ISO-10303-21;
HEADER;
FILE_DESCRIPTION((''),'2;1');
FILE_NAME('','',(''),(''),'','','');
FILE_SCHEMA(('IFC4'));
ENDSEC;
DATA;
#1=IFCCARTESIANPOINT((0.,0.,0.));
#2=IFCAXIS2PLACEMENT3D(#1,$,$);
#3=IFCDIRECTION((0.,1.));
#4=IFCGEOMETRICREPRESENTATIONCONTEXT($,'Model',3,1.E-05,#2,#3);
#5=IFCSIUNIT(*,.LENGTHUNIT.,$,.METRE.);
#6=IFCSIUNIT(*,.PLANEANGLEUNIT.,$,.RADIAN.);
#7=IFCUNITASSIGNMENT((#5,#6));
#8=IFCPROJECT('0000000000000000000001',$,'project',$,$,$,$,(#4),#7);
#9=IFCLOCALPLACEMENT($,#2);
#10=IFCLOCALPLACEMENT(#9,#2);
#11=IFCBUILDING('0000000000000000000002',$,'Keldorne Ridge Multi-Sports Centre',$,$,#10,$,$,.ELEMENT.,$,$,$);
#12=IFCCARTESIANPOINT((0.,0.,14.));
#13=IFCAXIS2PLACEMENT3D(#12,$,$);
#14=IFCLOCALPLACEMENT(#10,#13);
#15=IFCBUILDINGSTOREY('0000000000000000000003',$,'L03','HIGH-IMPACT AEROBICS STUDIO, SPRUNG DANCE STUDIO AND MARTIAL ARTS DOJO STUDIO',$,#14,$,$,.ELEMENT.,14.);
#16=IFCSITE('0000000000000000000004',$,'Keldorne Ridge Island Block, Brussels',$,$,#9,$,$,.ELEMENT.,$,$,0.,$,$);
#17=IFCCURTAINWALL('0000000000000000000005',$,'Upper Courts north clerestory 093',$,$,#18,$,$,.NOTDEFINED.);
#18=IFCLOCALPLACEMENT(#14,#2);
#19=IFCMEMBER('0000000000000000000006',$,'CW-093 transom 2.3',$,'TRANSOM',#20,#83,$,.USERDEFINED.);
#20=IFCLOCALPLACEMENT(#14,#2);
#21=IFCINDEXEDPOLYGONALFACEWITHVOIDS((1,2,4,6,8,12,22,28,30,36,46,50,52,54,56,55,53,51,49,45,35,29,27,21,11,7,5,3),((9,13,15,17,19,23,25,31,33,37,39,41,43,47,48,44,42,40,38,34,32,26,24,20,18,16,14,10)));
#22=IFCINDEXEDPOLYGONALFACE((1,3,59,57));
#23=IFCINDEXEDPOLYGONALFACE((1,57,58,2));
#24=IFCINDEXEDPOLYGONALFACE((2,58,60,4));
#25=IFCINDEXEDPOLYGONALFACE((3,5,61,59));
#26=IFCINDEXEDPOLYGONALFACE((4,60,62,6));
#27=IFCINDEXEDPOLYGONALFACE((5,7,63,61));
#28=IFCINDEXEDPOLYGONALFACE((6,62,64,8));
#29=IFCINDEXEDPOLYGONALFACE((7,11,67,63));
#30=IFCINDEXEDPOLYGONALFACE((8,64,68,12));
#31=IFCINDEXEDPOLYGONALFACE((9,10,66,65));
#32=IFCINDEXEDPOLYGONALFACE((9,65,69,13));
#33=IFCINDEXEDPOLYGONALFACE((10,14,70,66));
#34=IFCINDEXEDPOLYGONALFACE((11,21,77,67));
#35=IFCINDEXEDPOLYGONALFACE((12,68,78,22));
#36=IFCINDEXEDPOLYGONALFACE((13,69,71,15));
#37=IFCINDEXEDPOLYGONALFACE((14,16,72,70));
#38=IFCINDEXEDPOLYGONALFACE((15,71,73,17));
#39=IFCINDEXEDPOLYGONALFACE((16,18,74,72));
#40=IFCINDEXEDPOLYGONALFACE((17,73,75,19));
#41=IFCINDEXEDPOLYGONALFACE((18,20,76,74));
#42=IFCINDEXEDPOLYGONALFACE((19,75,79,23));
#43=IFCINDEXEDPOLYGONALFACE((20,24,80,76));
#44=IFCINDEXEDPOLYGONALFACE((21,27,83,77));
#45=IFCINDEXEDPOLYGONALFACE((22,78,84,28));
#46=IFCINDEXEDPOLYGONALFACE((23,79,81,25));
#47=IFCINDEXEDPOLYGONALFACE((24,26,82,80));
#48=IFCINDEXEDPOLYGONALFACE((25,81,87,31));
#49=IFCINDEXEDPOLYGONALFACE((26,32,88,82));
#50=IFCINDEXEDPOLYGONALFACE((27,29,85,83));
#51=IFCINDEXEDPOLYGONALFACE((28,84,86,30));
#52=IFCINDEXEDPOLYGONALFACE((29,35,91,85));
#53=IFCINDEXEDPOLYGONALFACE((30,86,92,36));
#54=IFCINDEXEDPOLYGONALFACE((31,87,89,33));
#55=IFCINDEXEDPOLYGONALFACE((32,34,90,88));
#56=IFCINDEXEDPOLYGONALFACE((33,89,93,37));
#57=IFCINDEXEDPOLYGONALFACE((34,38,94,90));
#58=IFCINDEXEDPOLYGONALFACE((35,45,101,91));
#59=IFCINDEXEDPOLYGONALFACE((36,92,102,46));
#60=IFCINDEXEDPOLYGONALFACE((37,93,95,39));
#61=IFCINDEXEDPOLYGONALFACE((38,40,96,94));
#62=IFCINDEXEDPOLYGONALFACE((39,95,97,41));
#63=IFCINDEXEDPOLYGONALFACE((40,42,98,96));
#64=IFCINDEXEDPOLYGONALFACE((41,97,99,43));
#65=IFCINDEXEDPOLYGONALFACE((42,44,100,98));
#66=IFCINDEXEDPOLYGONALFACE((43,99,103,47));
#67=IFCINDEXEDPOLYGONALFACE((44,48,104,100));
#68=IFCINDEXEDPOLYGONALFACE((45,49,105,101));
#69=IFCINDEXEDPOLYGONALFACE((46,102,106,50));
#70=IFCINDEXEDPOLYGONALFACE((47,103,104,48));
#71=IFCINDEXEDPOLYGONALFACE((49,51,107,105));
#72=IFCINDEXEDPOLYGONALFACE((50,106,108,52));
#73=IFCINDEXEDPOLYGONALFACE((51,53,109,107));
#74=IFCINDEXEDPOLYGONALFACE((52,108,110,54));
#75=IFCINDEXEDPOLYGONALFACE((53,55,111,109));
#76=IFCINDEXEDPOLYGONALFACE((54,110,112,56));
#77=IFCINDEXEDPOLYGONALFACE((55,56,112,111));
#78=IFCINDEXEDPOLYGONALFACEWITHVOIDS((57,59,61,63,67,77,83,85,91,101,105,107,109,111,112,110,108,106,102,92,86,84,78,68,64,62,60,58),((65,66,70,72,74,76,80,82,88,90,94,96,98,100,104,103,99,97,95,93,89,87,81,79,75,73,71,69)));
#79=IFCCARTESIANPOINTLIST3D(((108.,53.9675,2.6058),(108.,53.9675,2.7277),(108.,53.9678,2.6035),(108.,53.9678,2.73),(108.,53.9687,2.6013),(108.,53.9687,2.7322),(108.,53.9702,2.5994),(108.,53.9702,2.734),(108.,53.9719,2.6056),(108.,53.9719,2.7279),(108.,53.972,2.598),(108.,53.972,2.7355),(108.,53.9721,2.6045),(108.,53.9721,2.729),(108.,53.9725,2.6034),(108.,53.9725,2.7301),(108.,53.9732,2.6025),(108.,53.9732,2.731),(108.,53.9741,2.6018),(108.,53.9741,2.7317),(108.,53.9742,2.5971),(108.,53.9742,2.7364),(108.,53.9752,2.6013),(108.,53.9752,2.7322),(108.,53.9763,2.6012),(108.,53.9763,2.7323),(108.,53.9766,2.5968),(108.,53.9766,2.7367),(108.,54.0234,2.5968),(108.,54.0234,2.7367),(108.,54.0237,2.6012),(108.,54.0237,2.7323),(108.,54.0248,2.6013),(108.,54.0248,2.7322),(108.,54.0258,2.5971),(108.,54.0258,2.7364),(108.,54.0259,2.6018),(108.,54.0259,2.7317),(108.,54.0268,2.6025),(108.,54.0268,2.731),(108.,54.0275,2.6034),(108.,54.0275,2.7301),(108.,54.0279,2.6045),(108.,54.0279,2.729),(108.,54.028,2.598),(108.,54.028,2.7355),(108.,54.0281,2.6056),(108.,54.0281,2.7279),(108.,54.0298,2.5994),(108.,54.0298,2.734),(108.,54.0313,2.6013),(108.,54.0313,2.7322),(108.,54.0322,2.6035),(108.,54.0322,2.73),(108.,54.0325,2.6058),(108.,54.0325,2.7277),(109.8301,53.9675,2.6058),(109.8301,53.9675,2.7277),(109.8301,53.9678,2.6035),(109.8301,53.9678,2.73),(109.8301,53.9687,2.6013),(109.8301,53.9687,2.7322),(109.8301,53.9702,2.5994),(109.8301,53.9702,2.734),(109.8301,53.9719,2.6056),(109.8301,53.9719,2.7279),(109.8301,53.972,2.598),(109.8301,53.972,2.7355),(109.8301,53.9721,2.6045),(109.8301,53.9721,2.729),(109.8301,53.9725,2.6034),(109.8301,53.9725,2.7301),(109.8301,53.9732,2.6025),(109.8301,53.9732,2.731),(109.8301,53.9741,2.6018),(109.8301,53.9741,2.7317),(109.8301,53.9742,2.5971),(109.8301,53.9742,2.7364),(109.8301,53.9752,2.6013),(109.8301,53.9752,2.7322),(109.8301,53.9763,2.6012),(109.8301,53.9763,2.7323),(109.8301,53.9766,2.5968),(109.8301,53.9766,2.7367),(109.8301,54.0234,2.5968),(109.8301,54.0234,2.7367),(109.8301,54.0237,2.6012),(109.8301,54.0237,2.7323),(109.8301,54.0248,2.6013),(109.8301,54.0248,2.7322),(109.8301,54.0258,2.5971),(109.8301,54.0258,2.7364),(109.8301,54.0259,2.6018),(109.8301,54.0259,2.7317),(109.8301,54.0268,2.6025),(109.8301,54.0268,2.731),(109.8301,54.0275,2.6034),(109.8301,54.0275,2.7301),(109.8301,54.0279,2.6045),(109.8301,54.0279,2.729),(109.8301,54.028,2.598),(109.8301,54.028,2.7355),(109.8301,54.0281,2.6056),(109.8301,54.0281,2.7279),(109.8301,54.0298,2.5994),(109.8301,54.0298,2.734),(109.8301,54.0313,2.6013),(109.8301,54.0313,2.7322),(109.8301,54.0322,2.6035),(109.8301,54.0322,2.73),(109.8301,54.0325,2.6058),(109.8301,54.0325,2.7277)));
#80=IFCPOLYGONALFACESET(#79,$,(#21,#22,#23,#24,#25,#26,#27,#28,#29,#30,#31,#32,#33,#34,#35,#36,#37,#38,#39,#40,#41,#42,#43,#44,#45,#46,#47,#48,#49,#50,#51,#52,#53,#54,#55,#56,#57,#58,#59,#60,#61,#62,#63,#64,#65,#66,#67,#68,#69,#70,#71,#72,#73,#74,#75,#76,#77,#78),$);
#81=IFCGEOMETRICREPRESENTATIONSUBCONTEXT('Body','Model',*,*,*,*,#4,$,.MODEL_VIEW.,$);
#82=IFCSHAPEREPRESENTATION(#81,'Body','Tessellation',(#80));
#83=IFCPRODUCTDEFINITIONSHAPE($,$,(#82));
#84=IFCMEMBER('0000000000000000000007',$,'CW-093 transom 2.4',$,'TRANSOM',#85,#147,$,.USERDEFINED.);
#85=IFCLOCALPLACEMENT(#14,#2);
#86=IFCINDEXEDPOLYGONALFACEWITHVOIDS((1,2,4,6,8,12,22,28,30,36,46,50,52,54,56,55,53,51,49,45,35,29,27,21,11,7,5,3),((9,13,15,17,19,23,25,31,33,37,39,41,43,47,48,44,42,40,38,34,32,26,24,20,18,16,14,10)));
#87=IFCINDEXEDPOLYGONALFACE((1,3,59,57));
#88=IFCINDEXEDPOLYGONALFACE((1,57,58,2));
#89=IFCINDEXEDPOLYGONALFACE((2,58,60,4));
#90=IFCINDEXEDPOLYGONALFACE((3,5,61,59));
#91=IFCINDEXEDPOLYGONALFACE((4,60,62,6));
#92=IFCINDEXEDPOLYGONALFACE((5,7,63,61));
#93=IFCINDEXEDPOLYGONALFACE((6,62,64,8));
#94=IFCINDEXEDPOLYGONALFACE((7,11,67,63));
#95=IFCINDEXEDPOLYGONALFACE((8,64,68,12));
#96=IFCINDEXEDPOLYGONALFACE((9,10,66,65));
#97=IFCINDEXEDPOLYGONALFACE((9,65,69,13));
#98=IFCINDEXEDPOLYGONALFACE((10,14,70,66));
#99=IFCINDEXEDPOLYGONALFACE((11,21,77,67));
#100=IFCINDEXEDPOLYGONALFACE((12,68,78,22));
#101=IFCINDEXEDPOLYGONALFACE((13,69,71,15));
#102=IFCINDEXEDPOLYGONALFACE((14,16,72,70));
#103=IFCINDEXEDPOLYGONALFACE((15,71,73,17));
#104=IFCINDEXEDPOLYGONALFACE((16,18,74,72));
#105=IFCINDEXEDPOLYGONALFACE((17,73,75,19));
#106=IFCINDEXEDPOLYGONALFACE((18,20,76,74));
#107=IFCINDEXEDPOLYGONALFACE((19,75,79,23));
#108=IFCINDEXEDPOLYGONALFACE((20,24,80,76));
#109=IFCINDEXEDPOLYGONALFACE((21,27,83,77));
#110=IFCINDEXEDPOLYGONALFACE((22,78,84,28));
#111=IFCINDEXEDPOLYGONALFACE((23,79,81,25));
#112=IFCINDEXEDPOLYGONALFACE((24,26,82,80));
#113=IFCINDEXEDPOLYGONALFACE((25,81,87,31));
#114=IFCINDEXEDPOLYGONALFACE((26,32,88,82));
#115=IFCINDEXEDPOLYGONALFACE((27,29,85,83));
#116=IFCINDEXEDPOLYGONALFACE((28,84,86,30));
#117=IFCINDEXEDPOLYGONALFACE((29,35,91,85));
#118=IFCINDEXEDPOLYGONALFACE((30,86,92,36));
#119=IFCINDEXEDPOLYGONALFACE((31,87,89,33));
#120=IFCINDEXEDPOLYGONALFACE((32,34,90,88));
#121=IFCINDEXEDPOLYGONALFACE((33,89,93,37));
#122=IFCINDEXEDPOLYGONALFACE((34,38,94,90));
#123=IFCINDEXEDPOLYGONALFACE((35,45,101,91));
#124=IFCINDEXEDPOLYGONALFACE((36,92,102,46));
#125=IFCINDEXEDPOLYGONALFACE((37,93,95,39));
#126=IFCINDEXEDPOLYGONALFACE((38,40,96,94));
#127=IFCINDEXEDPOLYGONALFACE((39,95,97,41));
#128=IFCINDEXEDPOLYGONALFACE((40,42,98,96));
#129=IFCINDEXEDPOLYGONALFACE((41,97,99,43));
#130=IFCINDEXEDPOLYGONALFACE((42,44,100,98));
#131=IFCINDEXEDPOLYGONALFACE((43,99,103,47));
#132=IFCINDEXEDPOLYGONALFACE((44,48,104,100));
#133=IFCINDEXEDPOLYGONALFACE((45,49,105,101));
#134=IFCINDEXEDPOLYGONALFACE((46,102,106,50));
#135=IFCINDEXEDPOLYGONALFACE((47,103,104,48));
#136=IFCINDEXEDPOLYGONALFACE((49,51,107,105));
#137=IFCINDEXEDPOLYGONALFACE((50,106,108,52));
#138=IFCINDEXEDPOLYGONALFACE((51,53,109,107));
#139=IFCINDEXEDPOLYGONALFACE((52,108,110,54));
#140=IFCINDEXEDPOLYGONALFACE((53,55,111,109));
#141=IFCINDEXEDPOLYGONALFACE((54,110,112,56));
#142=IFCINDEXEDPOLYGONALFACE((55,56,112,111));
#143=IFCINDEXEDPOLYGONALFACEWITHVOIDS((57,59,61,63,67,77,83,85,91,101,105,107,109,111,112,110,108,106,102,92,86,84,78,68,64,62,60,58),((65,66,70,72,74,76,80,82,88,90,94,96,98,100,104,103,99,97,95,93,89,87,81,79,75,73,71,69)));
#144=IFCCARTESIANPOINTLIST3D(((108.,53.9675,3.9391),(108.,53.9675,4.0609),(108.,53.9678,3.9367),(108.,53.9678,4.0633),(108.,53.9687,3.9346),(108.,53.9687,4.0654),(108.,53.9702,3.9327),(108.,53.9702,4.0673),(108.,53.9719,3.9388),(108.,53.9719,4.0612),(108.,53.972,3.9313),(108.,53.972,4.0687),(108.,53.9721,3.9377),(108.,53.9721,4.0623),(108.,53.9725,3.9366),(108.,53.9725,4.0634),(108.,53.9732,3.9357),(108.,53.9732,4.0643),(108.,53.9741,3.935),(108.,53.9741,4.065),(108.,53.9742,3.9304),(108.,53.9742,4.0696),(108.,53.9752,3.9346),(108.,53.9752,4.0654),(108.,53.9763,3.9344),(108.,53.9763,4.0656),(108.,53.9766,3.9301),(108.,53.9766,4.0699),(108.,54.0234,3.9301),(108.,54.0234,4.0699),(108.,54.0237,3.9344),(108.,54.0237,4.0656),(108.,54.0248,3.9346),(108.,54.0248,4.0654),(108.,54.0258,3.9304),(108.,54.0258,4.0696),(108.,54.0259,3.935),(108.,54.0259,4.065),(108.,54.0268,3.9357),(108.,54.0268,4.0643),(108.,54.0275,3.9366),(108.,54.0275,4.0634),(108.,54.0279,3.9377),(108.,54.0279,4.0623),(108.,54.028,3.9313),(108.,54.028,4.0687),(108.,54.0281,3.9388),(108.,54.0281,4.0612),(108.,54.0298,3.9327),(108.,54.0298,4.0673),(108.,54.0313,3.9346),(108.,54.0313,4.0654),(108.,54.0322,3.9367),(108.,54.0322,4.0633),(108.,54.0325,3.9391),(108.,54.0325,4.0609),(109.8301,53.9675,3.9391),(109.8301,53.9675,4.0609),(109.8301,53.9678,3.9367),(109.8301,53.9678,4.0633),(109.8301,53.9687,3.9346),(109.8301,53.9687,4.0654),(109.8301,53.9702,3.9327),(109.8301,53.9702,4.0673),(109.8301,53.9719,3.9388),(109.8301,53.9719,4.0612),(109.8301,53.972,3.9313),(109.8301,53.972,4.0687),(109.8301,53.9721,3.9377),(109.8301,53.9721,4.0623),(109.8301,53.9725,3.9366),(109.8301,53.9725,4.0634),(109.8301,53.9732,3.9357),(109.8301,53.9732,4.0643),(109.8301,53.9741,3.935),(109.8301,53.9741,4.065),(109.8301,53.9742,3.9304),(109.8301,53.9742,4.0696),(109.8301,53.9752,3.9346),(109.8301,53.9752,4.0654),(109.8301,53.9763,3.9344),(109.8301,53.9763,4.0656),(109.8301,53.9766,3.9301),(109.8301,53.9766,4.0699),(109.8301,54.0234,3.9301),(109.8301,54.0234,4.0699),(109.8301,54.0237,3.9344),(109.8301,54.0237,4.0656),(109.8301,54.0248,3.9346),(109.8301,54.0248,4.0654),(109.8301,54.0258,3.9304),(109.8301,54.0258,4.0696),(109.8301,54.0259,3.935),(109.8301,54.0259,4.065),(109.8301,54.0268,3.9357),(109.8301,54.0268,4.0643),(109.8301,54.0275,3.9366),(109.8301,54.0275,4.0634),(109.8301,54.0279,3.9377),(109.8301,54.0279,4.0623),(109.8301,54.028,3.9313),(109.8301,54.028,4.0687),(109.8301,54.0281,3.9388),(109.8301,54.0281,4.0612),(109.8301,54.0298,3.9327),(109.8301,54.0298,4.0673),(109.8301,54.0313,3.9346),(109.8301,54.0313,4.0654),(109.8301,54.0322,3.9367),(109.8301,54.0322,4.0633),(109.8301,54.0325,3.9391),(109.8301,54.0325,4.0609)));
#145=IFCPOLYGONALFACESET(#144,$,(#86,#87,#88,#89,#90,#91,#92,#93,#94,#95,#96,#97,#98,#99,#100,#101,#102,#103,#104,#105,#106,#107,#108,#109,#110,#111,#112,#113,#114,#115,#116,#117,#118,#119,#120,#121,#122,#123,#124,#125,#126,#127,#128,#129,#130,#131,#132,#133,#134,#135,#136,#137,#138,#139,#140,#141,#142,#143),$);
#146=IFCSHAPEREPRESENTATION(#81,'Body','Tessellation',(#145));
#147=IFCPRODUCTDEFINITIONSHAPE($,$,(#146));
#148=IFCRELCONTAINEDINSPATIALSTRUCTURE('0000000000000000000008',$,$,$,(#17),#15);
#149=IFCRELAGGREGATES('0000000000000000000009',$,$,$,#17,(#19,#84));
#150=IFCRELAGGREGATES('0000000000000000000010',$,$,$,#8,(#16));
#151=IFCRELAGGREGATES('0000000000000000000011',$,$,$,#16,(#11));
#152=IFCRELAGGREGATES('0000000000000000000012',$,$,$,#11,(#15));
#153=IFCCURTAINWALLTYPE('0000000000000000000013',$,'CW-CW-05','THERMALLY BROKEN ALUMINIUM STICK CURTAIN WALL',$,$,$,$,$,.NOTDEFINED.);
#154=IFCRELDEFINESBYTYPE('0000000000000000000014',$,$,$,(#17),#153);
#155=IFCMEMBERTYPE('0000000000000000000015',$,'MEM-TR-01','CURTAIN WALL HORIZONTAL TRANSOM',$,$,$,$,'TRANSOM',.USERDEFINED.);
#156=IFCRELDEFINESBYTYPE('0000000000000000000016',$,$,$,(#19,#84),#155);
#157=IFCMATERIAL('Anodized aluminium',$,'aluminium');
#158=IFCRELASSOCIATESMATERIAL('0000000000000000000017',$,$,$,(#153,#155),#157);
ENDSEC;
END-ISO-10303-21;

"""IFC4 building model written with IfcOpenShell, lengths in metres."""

from ifc_helpers import new_model, si_unit, direction, frame, origin, origin_2d, place, context, subcontext, project, spatial, hollow_rectangle, extrude, material, material_profile, profile_set, type_object, element, aggregate, save


model = new_model("IFC4")

# Units and contexts
model_context = context("Model", 3, precision=1e-05, world=origin(), true_north=direction((0.0, 1.0)))
body_context = subcontext(model_context, "Body", "Model", "MODEL_VIEW")
ifc_project = project(units=[si_unit("LENGTHUNIT", "METRE"), si_unit("PLANEANGLEUNIT", "RADIAN")], contexts=[model_context])

# Site, building, storey
site_placement = place(None, origin())
site = spatial("IfcSite", under=ifc_project, at=site_placement, Name="Keldorne Ridge Island Block, Brussels", CompositionType="ELEMENT", RefElevation=0.0)
building_placement = place(site_placement, origin())
building = spatial("IfcBuilding", under=site, at=building_placement, Name="Keldorne Ridge Multi-Sports Centre", CompositionType="ELEMENT")
storey_placement = place(building_placement, frame((0.0, 0.0, 14.0)))
storey = spatial("IfcBuildingStorey", under=building, at=storey_placement, Name="L03", Description="HIGH-IMPACT AEROBICS STUDIO, SPRUNG DANCE STUDIO AND MARTIAL ARTS DOJO STUDIO", CompositionType="ELEMENT", Elevation=14.0)

# Curtain wall, members
ifc_material_1 = material(Name="Anodized aluminium", Category="aluminium")
curtain_wall_type = type_object("IfcCurtainWallType", Name="CW-CW-05", Description="THERMALLY BROKEN ALUMINIUM STICK CURTAIN WALL", PredefinedType="NOTDEFINED", material=ifc_material_1)
curtain_wall_placement = place(storey_placement, origin())
curtain_wall = element("IfcCurtainWall", 1, at=curtain_wall_placement, inside=storey, type_object=curtain_wall_type, Name="Upper Courts north clerestory 093", PredefinedType="NOTDEFINED")
ifc_material_profile_1 = material_profile(ifc_material_1, hollow_rectangle(XDim=0.0649, YDim=0.1399, WallThickness=0.0044, InnerFilletRadius=0.0044, OuterFilletRadius=0.009, at=origin_2d()), Name="ALU TRANSOM 140x65x4.5")
ifc_profile_set_1 = profile_set([ifc_material_profile_1], Name="Anodized aluminium")
member_type_1 = type_object("IfcMemberType", Name="MEM-TR-01", Description="CURTAIN WALL HORIZONTAL TRANSOM", ElementType="TRANSOM", PredefinedType="USERDEFINED", material=ifc_profile_set_1)
member_1_placement = place(storey_placement, frame((109.8301, 54.0, 2.6667), z_axis=(-1.0, 0.0, 0.0), x_axis=(0.0, -1.0, 0.0)))
member_1 = element("IfcMember", 2, at=member_1_placement, type_object=member_type_1, Name="CW-093 transom 2.3", ObjectType="TRANSOM", PredefinedType="USERDEFINED", context=body_context, shape_type="SweptSolid", body=[
    extrude(hollow_rectangle(XDim=0.0649, YDim=0.1399, WallThickness=0.0044, InnerFilletRadius=0.0044, OuterFilletRadius=0.009, at=origin_2d()), origin(), (0.0, 0.0, 1.0), 1.8301),
])
member_2_placement = place(storey_placement, frame((109.8301, 54.0, 4.0), z_axis=(-1.0, 0.0, 0.0), x_axis=(0.0, -1.0, 0.0)))
member_2 = element("IfcMember", 3, at=member_2_placement, type_object=member_type_1, Name="CW-093 transom 2.4", ObjectType="TRANSOM", PredefinedType="USERDEFINED", context=body_context, shape_type="SweptSolid", body=[
    extrude(hollow_rectangle(XDim=0.0649, YDim=0.1399, WallThickness=0.0044, InnerFilletRadius=0.0044, OuterFilletRadius=0.009, at=origin_2d()), origin(), (0.0, 0.0, 1.0), 1.8301),
])
aggregate(curtain_wall, [member_1, member_2])

save(model, "model.ifc")
